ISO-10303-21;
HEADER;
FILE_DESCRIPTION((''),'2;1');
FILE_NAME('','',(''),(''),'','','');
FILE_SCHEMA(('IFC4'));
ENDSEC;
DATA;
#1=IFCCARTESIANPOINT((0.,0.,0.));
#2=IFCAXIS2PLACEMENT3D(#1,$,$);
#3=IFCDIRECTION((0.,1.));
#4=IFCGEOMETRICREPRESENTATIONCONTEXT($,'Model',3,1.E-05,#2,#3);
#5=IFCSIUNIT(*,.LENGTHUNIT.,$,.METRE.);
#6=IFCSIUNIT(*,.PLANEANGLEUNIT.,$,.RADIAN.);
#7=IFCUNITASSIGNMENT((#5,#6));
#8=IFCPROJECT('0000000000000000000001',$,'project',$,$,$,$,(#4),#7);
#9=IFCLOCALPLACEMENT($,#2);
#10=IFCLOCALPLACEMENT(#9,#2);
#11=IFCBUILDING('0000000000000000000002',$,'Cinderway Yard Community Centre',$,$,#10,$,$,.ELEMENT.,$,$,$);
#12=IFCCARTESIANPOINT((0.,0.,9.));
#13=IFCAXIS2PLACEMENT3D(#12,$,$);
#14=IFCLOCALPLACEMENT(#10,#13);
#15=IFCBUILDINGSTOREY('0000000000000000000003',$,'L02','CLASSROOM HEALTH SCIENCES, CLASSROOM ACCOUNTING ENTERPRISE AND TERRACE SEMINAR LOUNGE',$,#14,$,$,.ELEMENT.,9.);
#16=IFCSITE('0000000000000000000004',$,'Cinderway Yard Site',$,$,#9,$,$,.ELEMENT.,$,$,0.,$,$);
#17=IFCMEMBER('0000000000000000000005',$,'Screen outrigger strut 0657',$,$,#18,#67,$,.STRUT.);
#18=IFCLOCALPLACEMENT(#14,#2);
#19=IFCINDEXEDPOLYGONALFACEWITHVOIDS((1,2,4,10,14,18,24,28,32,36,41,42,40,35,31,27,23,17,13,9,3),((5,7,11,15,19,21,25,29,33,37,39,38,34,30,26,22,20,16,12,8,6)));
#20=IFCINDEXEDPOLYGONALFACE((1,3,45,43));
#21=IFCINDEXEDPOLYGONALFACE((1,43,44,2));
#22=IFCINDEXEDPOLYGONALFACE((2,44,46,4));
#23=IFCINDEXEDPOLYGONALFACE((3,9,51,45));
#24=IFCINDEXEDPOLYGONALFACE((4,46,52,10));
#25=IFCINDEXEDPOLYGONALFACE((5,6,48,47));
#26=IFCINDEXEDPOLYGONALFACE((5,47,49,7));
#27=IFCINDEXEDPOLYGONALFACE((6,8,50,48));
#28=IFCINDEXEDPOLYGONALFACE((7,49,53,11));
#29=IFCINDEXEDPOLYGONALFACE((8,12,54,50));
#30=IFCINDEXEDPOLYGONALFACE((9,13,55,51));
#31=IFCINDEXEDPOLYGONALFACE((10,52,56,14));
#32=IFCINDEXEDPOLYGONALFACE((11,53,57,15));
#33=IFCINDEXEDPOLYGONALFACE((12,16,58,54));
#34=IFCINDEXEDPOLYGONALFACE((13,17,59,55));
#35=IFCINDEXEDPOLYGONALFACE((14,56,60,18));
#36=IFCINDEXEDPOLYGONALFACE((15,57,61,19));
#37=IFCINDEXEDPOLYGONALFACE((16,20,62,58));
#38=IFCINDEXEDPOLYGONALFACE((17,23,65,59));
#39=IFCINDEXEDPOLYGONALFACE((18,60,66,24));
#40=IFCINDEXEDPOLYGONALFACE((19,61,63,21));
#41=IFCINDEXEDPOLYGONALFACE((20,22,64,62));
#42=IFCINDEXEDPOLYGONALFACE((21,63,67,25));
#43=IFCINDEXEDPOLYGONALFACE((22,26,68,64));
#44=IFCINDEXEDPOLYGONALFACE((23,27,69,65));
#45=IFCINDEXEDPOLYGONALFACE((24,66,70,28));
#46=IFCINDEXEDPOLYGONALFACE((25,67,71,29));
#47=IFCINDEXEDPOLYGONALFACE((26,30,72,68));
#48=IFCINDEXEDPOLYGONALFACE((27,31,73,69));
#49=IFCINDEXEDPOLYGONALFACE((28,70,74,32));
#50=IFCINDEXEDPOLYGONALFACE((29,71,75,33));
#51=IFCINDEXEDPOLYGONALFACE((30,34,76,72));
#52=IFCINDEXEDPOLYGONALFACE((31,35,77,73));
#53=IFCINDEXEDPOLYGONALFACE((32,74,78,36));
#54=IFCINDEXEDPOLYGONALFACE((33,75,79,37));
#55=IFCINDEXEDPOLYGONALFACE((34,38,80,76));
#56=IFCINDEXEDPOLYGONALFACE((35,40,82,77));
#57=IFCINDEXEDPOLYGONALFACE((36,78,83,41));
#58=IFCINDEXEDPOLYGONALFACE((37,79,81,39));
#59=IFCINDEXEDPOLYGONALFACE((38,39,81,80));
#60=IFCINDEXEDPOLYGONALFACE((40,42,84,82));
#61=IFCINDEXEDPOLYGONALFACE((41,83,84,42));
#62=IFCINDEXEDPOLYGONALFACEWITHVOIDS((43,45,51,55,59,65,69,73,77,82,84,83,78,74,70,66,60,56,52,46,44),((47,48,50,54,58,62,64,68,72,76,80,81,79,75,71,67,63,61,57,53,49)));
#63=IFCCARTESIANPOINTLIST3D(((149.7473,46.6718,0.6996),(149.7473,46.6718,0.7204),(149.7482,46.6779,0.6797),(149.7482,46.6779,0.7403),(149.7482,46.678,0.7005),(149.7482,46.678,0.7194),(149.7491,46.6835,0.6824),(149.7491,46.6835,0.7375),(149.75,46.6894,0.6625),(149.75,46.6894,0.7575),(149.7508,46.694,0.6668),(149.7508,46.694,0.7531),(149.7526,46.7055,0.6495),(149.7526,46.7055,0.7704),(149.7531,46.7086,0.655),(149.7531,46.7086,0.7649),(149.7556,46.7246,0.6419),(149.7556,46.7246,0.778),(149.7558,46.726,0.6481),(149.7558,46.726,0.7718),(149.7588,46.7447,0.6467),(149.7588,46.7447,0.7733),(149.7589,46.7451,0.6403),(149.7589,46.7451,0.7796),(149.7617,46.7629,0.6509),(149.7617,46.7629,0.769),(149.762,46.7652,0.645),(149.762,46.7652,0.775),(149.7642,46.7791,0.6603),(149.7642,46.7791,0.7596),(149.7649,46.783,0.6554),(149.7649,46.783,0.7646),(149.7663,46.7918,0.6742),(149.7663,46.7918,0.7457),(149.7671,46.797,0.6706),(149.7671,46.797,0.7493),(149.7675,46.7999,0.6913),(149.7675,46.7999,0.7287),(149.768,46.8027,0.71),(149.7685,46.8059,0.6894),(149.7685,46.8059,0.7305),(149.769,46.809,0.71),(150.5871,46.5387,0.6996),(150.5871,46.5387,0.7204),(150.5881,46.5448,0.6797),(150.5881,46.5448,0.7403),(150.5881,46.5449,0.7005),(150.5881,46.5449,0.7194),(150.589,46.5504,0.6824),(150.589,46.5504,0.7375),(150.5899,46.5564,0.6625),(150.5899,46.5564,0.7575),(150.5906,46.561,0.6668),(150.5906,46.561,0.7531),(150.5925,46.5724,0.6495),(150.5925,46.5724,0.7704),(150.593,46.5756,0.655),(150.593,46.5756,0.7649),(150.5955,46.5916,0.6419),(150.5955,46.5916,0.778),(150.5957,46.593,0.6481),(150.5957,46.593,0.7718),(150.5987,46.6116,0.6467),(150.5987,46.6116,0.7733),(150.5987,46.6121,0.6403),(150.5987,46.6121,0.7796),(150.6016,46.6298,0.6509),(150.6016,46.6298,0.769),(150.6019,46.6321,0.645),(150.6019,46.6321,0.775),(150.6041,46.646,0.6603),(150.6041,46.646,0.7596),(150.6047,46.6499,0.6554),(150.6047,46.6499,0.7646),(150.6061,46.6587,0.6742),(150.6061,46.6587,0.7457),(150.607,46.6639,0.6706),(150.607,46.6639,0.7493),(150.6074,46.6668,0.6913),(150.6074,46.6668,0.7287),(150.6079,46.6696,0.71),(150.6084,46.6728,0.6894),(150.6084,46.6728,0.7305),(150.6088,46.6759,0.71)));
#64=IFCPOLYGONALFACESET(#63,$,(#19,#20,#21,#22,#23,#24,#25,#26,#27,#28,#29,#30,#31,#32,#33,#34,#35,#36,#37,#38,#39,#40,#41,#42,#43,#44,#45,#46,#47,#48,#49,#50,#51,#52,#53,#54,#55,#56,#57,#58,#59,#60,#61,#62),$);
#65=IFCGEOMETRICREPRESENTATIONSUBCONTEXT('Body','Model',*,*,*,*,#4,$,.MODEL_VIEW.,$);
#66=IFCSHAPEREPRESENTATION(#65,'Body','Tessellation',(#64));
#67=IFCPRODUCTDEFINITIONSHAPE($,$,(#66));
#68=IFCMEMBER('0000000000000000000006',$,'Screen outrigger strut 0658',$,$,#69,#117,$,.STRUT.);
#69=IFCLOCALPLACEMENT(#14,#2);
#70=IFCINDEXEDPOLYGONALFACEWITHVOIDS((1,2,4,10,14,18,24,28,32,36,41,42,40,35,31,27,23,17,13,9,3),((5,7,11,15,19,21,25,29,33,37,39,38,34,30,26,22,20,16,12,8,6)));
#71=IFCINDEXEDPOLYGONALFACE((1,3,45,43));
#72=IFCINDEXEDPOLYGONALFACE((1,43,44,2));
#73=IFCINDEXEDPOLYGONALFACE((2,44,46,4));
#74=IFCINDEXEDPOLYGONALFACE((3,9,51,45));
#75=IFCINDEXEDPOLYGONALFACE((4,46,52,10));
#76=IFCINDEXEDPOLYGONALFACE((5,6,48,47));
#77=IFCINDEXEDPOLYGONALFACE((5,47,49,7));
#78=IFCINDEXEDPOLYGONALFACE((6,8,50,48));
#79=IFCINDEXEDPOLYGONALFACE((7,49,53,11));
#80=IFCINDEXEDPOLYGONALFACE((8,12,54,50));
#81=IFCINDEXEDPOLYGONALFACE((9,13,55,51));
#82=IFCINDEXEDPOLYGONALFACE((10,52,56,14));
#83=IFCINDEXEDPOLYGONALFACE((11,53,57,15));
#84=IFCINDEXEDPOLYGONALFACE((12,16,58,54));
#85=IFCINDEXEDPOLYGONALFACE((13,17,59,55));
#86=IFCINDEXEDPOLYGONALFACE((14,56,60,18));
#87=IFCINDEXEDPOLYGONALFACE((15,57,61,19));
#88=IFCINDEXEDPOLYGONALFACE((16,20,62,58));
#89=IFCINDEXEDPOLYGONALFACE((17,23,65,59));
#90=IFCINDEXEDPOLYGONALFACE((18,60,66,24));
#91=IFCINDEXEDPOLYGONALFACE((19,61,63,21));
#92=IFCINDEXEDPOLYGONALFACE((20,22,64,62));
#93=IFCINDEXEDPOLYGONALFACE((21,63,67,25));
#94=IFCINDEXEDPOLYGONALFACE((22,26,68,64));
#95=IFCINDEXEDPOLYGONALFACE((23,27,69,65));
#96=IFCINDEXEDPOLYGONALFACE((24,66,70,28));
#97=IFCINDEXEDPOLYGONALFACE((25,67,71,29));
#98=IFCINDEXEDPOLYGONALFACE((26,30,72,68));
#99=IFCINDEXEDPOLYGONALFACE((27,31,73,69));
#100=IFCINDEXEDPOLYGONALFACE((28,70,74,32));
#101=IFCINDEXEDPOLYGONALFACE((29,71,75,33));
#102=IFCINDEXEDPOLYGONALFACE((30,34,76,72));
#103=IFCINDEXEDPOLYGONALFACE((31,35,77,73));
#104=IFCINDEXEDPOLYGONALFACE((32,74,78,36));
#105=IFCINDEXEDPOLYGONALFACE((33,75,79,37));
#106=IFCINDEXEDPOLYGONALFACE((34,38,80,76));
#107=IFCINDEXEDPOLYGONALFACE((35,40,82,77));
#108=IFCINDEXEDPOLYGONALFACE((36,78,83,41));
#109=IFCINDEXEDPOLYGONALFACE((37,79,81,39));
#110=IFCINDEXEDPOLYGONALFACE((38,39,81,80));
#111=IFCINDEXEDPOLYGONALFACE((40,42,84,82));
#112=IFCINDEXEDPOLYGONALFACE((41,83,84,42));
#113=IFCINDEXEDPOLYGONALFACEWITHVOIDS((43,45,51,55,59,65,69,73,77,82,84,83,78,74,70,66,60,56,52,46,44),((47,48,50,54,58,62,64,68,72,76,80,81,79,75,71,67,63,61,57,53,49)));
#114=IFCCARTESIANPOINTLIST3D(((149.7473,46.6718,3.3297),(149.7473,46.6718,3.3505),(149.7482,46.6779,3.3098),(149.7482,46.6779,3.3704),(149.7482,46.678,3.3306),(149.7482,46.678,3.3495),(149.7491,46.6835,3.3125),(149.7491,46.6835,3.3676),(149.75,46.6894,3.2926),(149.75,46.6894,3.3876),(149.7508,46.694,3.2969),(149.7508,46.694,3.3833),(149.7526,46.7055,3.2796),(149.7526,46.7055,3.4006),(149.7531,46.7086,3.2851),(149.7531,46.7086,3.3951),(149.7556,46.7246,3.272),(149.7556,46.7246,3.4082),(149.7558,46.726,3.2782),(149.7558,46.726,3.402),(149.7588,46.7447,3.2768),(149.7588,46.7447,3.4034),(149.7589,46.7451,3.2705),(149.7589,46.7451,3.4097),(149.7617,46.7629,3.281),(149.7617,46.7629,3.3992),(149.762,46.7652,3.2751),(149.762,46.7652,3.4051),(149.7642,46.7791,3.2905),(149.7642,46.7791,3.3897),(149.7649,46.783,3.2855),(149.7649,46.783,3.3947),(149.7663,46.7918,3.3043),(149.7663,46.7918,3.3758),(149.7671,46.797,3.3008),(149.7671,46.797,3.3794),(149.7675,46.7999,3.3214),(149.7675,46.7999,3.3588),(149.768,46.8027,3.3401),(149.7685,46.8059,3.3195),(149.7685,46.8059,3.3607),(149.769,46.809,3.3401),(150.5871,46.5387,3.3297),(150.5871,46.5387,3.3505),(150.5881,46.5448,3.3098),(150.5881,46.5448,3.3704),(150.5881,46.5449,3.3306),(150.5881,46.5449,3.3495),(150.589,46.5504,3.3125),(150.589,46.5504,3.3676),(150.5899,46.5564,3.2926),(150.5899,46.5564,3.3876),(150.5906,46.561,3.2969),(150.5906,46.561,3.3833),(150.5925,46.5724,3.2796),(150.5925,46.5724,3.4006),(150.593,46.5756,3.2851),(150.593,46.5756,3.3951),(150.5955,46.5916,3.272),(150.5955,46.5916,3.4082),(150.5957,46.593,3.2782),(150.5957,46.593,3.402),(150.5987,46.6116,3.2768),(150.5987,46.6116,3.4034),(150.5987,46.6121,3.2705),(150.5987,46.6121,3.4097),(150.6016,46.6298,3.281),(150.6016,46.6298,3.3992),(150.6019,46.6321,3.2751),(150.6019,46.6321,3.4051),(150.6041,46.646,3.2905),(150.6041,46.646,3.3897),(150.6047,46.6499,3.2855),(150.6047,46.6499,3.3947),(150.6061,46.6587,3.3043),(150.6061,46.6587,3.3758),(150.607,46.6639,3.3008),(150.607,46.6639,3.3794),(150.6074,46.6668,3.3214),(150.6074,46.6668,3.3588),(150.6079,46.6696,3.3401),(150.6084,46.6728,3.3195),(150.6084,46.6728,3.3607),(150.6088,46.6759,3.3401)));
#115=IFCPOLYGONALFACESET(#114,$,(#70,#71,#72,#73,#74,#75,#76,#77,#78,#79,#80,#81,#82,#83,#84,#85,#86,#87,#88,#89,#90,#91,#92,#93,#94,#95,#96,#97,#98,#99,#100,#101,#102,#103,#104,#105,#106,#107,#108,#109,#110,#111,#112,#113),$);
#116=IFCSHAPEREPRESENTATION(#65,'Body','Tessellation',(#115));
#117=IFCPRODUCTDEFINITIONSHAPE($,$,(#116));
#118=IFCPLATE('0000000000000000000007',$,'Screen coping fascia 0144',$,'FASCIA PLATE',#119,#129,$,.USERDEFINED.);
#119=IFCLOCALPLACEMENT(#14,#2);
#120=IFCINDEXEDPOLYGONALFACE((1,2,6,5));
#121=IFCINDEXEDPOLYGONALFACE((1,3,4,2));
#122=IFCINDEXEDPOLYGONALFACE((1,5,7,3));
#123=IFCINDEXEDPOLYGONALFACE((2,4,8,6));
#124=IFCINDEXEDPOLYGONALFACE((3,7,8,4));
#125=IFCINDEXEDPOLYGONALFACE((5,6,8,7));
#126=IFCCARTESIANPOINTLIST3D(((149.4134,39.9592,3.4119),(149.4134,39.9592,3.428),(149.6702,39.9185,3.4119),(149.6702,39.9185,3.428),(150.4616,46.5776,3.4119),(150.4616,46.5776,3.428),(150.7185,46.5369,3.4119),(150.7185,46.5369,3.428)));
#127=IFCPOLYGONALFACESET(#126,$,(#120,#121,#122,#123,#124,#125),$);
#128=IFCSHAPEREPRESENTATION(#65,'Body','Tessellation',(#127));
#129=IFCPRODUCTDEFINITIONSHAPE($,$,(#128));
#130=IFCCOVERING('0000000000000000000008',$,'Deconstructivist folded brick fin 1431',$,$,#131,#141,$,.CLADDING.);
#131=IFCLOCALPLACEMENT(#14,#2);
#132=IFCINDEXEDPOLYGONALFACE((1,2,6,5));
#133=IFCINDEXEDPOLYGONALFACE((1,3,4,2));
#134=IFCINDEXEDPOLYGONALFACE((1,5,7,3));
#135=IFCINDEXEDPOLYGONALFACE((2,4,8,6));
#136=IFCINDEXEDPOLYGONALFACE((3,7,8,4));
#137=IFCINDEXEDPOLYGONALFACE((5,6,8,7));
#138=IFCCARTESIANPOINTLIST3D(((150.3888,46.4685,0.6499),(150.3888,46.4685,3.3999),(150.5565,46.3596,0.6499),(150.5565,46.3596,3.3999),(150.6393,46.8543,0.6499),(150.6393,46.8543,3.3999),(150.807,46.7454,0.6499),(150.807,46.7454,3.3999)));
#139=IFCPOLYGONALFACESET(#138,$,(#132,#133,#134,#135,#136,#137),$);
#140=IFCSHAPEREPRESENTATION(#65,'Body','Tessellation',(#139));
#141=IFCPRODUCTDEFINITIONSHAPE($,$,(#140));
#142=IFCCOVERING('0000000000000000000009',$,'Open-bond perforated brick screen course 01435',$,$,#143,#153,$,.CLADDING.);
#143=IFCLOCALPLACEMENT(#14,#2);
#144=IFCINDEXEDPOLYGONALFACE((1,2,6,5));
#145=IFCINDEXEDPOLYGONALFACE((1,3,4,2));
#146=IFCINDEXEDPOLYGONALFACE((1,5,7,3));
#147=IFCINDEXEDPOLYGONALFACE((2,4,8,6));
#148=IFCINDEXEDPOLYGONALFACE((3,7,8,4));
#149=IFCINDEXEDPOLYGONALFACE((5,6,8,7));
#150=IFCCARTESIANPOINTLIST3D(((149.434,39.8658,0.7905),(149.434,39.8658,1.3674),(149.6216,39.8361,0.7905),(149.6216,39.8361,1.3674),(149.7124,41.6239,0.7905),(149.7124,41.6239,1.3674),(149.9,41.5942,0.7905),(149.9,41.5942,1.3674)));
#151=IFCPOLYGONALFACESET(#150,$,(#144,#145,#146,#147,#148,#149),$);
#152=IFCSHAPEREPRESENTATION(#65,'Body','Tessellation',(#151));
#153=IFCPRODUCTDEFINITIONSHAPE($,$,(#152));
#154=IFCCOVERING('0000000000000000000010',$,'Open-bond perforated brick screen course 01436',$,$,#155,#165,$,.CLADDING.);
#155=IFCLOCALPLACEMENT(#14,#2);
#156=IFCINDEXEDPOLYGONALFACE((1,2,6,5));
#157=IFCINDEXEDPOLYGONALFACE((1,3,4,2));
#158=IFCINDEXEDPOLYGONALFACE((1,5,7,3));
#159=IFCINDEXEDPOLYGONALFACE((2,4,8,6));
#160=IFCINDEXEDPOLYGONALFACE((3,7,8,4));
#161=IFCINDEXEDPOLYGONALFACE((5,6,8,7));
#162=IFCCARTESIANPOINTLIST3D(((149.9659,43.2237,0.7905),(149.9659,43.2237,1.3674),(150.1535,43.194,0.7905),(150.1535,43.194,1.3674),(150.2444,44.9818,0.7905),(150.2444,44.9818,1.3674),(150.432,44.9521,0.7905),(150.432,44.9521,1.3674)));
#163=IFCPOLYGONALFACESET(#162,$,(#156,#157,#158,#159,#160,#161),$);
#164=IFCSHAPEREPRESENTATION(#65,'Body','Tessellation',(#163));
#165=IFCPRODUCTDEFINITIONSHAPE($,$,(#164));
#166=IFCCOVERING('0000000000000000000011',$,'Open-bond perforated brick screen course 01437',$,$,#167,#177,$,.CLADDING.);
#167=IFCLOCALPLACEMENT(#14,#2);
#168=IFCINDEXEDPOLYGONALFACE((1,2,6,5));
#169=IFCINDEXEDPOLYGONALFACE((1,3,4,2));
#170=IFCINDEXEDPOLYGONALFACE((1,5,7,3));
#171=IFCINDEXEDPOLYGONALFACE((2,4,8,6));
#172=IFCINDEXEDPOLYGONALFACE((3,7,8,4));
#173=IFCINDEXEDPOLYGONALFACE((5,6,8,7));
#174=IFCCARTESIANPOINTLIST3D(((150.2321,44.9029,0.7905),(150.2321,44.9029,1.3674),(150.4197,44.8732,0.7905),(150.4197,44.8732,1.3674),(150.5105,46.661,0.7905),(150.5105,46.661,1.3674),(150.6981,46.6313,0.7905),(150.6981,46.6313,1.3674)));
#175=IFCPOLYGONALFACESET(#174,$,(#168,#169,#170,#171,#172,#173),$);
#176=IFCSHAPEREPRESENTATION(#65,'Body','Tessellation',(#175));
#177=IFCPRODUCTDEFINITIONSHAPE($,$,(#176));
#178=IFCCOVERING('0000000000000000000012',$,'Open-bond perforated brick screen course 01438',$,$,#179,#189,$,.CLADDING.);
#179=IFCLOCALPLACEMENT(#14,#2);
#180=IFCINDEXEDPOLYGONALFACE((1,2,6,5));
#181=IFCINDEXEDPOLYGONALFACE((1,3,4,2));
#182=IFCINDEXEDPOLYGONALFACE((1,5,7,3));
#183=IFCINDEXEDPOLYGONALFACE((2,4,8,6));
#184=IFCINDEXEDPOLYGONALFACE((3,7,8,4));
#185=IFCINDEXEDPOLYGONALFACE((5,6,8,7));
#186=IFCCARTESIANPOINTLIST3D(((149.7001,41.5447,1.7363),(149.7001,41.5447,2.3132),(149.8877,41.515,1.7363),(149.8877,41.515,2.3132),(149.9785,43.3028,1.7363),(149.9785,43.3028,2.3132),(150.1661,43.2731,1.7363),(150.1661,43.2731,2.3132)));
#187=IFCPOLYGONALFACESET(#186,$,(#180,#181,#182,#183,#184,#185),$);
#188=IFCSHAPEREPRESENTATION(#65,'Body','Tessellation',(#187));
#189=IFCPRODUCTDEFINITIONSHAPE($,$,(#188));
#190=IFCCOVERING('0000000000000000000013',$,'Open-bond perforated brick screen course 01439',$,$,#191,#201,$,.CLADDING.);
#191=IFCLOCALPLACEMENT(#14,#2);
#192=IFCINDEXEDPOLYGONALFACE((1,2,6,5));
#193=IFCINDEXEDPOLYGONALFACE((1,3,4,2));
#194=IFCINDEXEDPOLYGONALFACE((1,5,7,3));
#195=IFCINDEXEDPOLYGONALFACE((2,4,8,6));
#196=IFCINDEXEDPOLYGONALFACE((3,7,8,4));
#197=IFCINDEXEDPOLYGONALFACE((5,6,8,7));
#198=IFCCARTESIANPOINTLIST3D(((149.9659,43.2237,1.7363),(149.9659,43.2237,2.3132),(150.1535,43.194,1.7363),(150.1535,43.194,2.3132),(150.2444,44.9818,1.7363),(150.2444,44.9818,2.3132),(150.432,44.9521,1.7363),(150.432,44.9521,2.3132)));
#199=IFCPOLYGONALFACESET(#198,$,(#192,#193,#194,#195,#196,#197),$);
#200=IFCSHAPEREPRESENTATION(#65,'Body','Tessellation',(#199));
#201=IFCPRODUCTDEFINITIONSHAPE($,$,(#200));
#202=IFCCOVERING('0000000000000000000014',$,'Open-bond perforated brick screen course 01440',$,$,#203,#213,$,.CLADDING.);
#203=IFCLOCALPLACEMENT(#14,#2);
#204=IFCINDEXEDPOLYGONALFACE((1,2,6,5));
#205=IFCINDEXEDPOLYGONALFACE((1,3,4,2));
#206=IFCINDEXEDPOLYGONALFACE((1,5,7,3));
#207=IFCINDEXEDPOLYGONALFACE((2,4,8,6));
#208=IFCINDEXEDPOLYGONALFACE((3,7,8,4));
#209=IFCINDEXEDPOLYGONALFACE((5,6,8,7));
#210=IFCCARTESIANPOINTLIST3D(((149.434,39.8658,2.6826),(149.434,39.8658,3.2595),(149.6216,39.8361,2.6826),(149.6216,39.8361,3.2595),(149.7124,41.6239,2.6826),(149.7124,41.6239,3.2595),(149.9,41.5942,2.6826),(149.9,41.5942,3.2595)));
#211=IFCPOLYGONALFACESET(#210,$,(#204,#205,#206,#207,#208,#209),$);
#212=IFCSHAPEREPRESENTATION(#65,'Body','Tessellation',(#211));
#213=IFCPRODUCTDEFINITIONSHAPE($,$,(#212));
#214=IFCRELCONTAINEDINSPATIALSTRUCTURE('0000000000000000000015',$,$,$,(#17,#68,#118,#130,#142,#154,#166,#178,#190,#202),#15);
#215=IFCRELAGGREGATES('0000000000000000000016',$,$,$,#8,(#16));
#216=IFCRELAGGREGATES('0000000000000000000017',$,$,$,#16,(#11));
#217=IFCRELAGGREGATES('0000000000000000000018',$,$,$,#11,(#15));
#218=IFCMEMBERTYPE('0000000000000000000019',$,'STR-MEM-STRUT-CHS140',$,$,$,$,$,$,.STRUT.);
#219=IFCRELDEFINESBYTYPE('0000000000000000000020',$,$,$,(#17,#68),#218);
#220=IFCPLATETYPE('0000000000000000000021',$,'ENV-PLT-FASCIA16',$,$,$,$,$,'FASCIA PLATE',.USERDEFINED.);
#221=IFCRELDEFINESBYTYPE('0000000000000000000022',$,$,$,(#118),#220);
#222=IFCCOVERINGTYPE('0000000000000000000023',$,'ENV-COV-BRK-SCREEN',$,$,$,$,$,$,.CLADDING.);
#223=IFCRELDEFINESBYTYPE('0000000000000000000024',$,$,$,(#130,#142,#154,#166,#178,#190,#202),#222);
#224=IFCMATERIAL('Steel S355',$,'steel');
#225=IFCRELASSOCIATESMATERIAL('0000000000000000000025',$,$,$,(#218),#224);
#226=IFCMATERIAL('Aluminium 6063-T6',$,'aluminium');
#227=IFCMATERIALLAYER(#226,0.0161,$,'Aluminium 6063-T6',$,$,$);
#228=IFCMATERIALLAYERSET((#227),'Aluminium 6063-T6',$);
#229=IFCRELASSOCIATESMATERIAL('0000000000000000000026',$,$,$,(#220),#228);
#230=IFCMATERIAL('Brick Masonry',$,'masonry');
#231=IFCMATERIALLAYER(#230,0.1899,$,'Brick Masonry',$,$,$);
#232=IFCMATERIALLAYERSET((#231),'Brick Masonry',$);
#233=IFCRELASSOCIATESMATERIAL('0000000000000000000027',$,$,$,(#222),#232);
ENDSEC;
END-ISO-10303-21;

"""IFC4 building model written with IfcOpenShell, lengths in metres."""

from ifc_helpers import new_model, si_unit, direction, frame, origin, origin_2d, place, context, subcontext, project, spatial, rectangle, hollow_circle, extrude, material, layer, layer_set, material_profile, profile_set, type_object, element, save


model = new_model("IFC4")

# Units and contexts
model_context = context("Model", 3, precision=1e-05, world=origin(), true_north=direction((0.0, 1.0)))
body_context = subcontext(model_context, "Body", "Model", "MODEL_VIEW")
ifc_project = project(units=[si_unit("LENGTHUNIT", "METRE"), si_unit("PLANEANGLEUNIT", "RADIAN")], contexts=[model_context])

# Site, building, storey
site_placement = place(None, origin())
site = spatial("IfcSite", under=ifc_project, at=site_placement, Name="Cinderway Yard Site", CompositionType="ELEMENT", RefElevation=0.0)
building_placement = place(site_placement, origin())
building = spatial("IfcBuilding", under=site, at=building_placement, Name="Cinderway Yard Community Centre", CompositionType="ELEMENT")
storey_placement = place(building_placement, frame((0.0, 0.0, 9.0)))
storey = spatial("IfcBuildingStorey", under=building, at=storey_placement, Name="L02", Description="CLASSROOM HEALTH SCIENCES, CLASSROOM ACCOUNTING ENTERPRISE AND TERRACE SEMINAR LOUNGE", CompositionType="ELEMENT", Elevation=9.0)

# Shared definitions
ifc_material_1 = material(Name="Aluminium 6063-T6", Category="aluminium")

# Shared definitions
ifc_material_2 = material(Name="Steel S355", Category="steel")

# Members
ifc_material_profile_1 = material_profile(ifc_material_2, hollow_circle(Radius=0.0698, WallThickness=0.0063, at=origin_2d()), Name="Steel S355")
ifc_profile_set_1 = profile_set([ifc_material_profile_1], Name="Steel S355")
member_type_1 = type_object("IfcMemberType", Name="STR-MEM-STRUT-CHS140", PredefinedType="STRUT", material=ifc_profile_set_1)
for number, where, z_axis, x_axis, name in (
    (1, (149.7581, 46.74, 0.71), (0.987681, -0.156479, 0.0), (0.156479, 0.987681, 0.0), "Screen outrigger strut 0657"),
    (2, (149.7581, 46.74, 3.3401), (0.987681, -0.156479, 0.0), (0.156479, 0.987681, 0.0), "Screen outrigger strut 0658"),
):
    element("IfcMember", number, at=place(storey_placement, frame(where, z_axis=z_axis, x_axis=x_axis)), inside=storey, type_object=member_type_1, Name=name, PredefinedType="STRUT", context=body_context, shape_type="SweptSolid", body=[
        extrude(hollow_circle(Radius=0.0698, WallThickness=0.0063, at=origin_2d()), origin(), (0.0, 0.0, 1.0), 0.8503),
    ])

# Plate
ifc_layer_1 = layer(ifc_material_1, 0.0161, Name="Aluminium 6063-T6")
ifc_layer_set_1 = layer_set([ifc_layer_1], Name="Aluminium 6063-T6")
plate_type = type_object("IfcPlateType", Name="ENV-PLT-FASCIA16", ElementType="FASCIA PLATE", PredefinedType="USERDEFINED", material=ifc_layer_set_1)
plate_placement = place(storey_placement, frame((150.0659, 43.248, 3.4119), z_axis=(0.0, 0.0, 1.0), x_axis=(-0.156434, -0.987688, 0.0)))
element("IfcPlate", 3, at=plate_placement, inside=storey, type_object=plate_type, Name="Screen coping fascia 0144", ObjectType="FASCIA PLATE", PredefinedType="USERDEFINED", context=body_context, shape_type="SweptSolid", body=[
    extrude(rectangle(XDim=6.7009, YDim=0.26, at=origin_2d()), origin(), (0.0, 0.0, 1.0), 0.0161),
])

# Coverings
ifc_material_3 = material(Name="Brick Masonry", Category="masonry")
ifc_layer_2 = layer(ifc_material_3, 0.1899, Name="Brick Masonry")
ifc_layer_set_2 = layer_set([ifc_layer_2], Name="Brick Masonry")
covering_type = type_object("IfcCoveringType", Name="ENV-COV-BRK-SCREEN", PredefinedType="CLADDING", material=ifc_layer_set_2)
covering_placement = place(storey_placement, frame((150.5979, 46.6069, 0.6499), z_axis=(0.0, 0.0, 1.0), x_axis=(-0.544639, -0.838671, 0.0)))
element("IfcCovering", 4, at=covering_placement, inside=storey, type_object=covering_type, Name="Deconstructivist folded brick fin 1431", PredefinedType="CLADDING", context=body_context, shape_type="SweptSolid", body=[
    extrude(rectangle(XDim=0.46, YDim=0.2, at=origin_2d()), origin(), (0.0, 0.0, 1.0), 2.75),
])
for number, where, z_axis, x_axis, name in (
    (5, (149.667, 40.73, 0.7905), (0.0, 0.0, 1.0), (-0.156434, -0.987688, 0.0), "Open-bond perforated brick screen course 01435"),
    (6, (150.199, 44.0879, 0.7905), (0.0, 0.0, 1.0), (-0.156434, -0.987688, 0.0), "Open-bond perforated brick screen course 01436"),
    (7, (150.4651, 45.7671, 0.7905), (0.0, 0.0, 1.0), (-0.156434, -0.987688, 0.0), "Open-bond perforated brick screen course 01437"),
    (8, (149.9331, 42.4089, 1.7363), (0.0, 0.0, 1.0), (-0.156434, -0.987688, 0.0), "Open-bond perforated brick screen course 01438"),
    (9, (150.199, 44.0879, 1.7363), (0.0, 0.0, 1.0), (-0.156434, -0.987688, 0.0), "Open-bond perforated brick screen course 01439"),
    (10, (149.667, 40.73, 2.6826), (0.0, 0.0, 1.0), (-0.156434, -0.987688, 0.0), "Open-bond perforated brick screen course 01440"),
):
    element("IfcCovering", number, at=place(storey_placement, frame(where, z_axis=z_axis, x_axis=x_axis)), inside=storey, type_object=covering_type, Name=name, PredefinedType="CLADDING", context=body_context, shape_type="SweptSolid", body=[
        extrude(rectangle(XDim=1.78, YDim=0.1899, at=origin_2d()), origin(), (0.0, 0.0, 1.0), 0.5769),
    ])

save(model, "model.ifc")
